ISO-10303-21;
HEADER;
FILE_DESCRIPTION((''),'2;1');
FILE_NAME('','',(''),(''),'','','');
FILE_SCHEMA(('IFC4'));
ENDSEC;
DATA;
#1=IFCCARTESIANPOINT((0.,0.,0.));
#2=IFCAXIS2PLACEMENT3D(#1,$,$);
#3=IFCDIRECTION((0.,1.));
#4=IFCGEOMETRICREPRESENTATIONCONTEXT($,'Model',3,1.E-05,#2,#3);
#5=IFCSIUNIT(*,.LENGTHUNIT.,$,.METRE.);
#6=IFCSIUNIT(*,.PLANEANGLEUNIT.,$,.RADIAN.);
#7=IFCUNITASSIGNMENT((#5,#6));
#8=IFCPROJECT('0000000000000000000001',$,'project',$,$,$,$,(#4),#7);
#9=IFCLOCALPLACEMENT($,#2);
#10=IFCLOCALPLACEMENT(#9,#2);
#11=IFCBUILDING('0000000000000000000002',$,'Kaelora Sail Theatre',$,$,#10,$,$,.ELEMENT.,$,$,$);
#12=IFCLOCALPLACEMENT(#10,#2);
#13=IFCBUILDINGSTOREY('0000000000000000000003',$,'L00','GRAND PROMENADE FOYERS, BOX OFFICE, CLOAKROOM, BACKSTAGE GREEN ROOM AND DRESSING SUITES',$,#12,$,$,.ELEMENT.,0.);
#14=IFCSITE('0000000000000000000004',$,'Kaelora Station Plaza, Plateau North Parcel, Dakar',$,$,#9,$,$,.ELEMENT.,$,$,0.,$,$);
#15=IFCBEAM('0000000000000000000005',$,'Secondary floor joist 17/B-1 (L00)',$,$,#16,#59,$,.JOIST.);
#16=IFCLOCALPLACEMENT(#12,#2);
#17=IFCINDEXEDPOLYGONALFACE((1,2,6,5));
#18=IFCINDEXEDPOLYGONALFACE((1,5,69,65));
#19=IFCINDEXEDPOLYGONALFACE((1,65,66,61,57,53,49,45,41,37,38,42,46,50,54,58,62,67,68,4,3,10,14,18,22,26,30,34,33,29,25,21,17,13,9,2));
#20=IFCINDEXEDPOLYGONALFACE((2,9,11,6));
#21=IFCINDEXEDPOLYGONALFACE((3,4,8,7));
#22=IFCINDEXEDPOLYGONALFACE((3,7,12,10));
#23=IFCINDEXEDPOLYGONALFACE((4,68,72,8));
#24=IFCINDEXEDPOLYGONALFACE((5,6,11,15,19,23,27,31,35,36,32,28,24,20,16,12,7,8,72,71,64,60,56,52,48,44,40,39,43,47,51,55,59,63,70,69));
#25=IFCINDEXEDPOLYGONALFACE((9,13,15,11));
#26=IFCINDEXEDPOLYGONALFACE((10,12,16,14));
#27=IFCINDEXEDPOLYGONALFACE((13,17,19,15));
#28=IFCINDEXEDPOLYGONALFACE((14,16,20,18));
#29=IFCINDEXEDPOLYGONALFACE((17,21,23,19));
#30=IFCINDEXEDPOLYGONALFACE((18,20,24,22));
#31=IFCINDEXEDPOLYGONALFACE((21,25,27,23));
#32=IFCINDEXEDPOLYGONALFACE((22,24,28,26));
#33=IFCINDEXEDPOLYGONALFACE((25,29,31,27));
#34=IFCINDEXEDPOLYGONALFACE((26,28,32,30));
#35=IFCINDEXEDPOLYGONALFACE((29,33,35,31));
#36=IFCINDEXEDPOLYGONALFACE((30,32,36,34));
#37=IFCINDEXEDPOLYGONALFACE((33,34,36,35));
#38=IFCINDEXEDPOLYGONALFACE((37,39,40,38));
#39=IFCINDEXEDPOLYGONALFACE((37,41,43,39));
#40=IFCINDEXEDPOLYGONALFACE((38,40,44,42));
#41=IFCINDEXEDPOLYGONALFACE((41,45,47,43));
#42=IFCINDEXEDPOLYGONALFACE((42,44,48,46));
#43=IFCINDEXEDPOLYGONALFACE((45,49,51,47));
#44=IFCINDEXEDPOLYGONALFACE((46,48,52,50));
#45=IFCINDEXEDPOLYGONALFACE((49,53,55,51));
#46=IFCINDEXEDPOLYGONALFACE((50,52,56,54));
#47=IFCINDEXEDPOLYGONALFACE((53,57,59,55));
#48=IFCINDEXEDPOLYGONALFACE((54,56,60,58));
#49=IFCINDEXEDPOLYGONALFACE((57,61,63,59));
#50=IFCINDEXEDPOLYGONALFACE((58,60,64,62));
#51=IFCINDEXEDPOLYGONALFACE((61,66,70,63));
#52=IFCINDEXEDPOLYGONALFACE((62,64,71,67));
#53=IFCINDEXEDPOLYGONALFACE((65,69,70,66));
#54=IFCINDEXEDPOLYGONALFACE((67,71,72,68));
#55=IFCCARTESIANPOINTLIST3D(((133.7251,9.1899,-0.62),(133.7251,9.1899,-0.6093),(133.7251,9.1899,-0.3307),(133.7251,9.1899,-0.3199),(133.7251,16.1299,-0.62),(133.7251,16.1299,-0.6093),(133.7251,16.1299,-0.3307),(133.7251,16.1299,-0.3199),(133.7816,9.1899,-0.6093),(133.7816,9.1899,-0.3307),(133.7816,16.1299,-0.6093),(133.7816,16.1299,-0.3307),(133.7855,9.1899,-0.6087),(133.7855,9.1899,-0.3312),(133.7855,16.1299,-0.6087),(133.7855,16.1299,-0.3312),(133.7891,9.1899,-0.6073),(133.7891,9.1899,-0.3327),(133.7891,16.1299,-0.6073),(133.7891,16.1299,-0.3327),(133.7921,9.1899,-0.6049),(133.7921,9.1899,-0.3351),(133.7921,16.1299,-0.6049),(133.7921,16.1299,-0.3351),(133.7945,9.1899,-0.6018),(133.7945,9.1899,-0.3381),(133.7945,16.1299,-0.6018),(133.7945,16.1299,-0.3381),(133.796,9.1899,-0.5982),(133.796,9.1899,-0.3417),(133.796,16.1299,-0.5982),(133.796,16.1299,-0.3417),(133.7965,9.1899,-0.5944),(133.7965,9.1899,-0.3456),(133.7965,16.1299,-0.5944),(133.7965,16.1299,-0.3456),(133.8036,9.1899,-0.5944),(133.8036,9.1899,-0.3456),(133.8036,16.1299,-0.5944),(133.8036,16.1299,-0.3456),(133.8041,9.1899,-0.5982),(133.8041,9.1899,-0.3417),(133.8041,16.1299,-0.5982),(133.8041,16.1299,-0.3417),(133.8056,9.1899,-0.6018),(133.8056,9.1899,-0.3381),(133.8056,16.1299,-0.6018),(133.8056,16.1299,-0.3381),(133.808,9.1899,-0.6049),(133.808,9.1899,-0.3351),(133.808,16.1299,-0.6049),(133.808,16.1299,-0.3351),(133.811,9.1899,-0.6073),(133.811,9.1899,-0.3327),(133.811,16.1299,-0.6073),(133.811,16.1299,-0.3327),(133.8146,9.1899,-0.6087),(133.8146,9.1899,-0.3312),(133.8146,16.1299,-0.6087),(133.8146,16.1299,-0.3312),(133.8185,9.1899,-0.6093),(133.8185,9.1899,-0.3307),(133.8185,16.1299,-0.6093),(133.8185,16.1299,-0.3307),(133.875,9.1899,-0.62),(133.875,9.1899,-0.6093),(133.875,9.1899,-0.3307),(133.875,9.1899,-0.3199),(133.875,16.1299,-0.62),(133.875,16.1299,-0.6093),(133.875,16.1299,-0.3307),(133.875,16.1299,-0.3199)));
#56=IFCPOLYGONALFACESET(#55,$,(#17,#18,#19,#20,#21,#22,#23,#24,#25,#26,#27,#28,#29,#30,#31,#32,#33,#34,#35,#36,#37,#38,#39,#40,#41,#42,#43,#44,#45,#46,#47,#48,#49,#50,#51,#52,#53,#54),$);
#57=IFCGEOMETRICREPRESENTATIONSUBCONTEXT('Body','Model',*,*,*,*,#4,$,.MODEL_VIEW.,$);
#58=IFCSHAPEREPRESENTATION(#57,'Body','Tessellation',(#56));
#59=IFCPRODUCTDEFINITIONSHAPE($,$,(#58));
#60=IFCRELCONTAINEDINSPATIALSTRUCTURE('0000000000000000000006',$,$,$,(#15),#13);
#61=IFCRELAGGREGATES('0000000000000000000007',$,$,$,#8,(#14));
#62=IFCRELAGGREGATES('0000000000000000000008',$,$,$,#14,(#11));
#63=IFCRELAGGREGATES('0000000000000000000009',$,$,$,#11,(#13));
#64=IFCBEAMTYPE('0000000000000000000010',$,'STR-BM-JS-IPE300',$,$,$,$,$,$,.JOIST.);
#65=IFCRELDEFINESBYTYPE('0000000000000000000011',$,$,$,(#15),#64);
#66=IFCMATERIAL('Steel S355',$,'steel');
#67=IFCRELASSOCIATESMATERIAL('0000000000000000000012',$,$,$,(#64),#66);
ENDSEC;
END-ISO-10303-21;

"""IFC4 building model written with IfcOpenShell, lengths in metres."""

from ifc_helpers import new_model, si_unit, direction, frame, origin, origin_2d, place, context, subcontext, project, spatial, i_section, extrude, material, material_profile, profile_set, type_object, element, save


model = new_model("IFC4")

# Units and contexts
model_context = context("Model", 3, precision=1e-05, world=origin(), true_north=direction((0.0, 1.0)))
body_context = subcontext(model_context, "Body", "Model", "MODEL_VIEW")
ifc_project = project(units=[si_unit("LENGTHUNIT", "METRE"), si_unit("PLANEANGLEUNIT", "RADIAN")], contexts=[model_context])

# Site, building, storey
site_placement = place(None, origin())
site = spatial("IfcSite", under=ifc_project, at=site_placement, Name="Kaelora Station Plaza, Plateau North Parcel, Dakar", CompositionType="ELEMENT", RefElevation=0.0)
building_placement = place(site_placement, origin())
building = spatial("IfcBuilding", under=site, at=building_placement, Name="Kaelora Sail Theatre", CompositionType="ELEMENT")
storey_placement = place(building_placement, origin())
storey = spatial("IfcBuildingStorey", under=building, at=storey_placement, Name="L00", Description="GRAND PROMENADE FOYERS, BOX OFFICE, CLOAKROOM, BACKSTAGE GREEN ROOM AND DRESSING SUITES", CompositionType="ELEMENT", Elevation=0.0)

# Beam
ifc_material_1 = material(Name="Steel S355", Category="steel")
ifc_material_profile_1 = material_profile(ifc_material_1, i_section(OverallWidth=0.1499, OverallDepth=0.3, WebThickness=0.0071, FlangeThickness=0.0107, FilletRadius=0.0149, at=origin_2d()), Name="IPE 300")
ifc_profile_set_1 = profile_set([ifc_material_profile_1], Name="Steel S355")
beam_type_1 = type_object("IfcBeamType", Name="STR-BM-JS-IPE300", PredefinedType="JOIST", material=ifc_profile_set_1)
beam_1_placement = place(storey_placement, frame((133.8, 9.1899, -0.47), z_axis=(0.0, 1.0, 0.0), x_axis=(-1.0, 0.0, 0.0)))
element("IfcBeam", 1, at=beam_1_placement, inside=storey, type_object=beam_type_1, Name="Secondary floor joist 17/B-1 (L00)", PredefinedType="JOIST", context=body_context, shape_type="SweptSolid", body=[
    extrude(i_section(OverallWidth=0.1499, OverallDepth=0.3, WebThickness=0.0071, FlangeThickness=0.0107, FilletRadius=0.0149, at=origin_2d()), origin(), (0.0, 0.0, 1.0), 6.9399),
])

save(model, "model.ifc")
